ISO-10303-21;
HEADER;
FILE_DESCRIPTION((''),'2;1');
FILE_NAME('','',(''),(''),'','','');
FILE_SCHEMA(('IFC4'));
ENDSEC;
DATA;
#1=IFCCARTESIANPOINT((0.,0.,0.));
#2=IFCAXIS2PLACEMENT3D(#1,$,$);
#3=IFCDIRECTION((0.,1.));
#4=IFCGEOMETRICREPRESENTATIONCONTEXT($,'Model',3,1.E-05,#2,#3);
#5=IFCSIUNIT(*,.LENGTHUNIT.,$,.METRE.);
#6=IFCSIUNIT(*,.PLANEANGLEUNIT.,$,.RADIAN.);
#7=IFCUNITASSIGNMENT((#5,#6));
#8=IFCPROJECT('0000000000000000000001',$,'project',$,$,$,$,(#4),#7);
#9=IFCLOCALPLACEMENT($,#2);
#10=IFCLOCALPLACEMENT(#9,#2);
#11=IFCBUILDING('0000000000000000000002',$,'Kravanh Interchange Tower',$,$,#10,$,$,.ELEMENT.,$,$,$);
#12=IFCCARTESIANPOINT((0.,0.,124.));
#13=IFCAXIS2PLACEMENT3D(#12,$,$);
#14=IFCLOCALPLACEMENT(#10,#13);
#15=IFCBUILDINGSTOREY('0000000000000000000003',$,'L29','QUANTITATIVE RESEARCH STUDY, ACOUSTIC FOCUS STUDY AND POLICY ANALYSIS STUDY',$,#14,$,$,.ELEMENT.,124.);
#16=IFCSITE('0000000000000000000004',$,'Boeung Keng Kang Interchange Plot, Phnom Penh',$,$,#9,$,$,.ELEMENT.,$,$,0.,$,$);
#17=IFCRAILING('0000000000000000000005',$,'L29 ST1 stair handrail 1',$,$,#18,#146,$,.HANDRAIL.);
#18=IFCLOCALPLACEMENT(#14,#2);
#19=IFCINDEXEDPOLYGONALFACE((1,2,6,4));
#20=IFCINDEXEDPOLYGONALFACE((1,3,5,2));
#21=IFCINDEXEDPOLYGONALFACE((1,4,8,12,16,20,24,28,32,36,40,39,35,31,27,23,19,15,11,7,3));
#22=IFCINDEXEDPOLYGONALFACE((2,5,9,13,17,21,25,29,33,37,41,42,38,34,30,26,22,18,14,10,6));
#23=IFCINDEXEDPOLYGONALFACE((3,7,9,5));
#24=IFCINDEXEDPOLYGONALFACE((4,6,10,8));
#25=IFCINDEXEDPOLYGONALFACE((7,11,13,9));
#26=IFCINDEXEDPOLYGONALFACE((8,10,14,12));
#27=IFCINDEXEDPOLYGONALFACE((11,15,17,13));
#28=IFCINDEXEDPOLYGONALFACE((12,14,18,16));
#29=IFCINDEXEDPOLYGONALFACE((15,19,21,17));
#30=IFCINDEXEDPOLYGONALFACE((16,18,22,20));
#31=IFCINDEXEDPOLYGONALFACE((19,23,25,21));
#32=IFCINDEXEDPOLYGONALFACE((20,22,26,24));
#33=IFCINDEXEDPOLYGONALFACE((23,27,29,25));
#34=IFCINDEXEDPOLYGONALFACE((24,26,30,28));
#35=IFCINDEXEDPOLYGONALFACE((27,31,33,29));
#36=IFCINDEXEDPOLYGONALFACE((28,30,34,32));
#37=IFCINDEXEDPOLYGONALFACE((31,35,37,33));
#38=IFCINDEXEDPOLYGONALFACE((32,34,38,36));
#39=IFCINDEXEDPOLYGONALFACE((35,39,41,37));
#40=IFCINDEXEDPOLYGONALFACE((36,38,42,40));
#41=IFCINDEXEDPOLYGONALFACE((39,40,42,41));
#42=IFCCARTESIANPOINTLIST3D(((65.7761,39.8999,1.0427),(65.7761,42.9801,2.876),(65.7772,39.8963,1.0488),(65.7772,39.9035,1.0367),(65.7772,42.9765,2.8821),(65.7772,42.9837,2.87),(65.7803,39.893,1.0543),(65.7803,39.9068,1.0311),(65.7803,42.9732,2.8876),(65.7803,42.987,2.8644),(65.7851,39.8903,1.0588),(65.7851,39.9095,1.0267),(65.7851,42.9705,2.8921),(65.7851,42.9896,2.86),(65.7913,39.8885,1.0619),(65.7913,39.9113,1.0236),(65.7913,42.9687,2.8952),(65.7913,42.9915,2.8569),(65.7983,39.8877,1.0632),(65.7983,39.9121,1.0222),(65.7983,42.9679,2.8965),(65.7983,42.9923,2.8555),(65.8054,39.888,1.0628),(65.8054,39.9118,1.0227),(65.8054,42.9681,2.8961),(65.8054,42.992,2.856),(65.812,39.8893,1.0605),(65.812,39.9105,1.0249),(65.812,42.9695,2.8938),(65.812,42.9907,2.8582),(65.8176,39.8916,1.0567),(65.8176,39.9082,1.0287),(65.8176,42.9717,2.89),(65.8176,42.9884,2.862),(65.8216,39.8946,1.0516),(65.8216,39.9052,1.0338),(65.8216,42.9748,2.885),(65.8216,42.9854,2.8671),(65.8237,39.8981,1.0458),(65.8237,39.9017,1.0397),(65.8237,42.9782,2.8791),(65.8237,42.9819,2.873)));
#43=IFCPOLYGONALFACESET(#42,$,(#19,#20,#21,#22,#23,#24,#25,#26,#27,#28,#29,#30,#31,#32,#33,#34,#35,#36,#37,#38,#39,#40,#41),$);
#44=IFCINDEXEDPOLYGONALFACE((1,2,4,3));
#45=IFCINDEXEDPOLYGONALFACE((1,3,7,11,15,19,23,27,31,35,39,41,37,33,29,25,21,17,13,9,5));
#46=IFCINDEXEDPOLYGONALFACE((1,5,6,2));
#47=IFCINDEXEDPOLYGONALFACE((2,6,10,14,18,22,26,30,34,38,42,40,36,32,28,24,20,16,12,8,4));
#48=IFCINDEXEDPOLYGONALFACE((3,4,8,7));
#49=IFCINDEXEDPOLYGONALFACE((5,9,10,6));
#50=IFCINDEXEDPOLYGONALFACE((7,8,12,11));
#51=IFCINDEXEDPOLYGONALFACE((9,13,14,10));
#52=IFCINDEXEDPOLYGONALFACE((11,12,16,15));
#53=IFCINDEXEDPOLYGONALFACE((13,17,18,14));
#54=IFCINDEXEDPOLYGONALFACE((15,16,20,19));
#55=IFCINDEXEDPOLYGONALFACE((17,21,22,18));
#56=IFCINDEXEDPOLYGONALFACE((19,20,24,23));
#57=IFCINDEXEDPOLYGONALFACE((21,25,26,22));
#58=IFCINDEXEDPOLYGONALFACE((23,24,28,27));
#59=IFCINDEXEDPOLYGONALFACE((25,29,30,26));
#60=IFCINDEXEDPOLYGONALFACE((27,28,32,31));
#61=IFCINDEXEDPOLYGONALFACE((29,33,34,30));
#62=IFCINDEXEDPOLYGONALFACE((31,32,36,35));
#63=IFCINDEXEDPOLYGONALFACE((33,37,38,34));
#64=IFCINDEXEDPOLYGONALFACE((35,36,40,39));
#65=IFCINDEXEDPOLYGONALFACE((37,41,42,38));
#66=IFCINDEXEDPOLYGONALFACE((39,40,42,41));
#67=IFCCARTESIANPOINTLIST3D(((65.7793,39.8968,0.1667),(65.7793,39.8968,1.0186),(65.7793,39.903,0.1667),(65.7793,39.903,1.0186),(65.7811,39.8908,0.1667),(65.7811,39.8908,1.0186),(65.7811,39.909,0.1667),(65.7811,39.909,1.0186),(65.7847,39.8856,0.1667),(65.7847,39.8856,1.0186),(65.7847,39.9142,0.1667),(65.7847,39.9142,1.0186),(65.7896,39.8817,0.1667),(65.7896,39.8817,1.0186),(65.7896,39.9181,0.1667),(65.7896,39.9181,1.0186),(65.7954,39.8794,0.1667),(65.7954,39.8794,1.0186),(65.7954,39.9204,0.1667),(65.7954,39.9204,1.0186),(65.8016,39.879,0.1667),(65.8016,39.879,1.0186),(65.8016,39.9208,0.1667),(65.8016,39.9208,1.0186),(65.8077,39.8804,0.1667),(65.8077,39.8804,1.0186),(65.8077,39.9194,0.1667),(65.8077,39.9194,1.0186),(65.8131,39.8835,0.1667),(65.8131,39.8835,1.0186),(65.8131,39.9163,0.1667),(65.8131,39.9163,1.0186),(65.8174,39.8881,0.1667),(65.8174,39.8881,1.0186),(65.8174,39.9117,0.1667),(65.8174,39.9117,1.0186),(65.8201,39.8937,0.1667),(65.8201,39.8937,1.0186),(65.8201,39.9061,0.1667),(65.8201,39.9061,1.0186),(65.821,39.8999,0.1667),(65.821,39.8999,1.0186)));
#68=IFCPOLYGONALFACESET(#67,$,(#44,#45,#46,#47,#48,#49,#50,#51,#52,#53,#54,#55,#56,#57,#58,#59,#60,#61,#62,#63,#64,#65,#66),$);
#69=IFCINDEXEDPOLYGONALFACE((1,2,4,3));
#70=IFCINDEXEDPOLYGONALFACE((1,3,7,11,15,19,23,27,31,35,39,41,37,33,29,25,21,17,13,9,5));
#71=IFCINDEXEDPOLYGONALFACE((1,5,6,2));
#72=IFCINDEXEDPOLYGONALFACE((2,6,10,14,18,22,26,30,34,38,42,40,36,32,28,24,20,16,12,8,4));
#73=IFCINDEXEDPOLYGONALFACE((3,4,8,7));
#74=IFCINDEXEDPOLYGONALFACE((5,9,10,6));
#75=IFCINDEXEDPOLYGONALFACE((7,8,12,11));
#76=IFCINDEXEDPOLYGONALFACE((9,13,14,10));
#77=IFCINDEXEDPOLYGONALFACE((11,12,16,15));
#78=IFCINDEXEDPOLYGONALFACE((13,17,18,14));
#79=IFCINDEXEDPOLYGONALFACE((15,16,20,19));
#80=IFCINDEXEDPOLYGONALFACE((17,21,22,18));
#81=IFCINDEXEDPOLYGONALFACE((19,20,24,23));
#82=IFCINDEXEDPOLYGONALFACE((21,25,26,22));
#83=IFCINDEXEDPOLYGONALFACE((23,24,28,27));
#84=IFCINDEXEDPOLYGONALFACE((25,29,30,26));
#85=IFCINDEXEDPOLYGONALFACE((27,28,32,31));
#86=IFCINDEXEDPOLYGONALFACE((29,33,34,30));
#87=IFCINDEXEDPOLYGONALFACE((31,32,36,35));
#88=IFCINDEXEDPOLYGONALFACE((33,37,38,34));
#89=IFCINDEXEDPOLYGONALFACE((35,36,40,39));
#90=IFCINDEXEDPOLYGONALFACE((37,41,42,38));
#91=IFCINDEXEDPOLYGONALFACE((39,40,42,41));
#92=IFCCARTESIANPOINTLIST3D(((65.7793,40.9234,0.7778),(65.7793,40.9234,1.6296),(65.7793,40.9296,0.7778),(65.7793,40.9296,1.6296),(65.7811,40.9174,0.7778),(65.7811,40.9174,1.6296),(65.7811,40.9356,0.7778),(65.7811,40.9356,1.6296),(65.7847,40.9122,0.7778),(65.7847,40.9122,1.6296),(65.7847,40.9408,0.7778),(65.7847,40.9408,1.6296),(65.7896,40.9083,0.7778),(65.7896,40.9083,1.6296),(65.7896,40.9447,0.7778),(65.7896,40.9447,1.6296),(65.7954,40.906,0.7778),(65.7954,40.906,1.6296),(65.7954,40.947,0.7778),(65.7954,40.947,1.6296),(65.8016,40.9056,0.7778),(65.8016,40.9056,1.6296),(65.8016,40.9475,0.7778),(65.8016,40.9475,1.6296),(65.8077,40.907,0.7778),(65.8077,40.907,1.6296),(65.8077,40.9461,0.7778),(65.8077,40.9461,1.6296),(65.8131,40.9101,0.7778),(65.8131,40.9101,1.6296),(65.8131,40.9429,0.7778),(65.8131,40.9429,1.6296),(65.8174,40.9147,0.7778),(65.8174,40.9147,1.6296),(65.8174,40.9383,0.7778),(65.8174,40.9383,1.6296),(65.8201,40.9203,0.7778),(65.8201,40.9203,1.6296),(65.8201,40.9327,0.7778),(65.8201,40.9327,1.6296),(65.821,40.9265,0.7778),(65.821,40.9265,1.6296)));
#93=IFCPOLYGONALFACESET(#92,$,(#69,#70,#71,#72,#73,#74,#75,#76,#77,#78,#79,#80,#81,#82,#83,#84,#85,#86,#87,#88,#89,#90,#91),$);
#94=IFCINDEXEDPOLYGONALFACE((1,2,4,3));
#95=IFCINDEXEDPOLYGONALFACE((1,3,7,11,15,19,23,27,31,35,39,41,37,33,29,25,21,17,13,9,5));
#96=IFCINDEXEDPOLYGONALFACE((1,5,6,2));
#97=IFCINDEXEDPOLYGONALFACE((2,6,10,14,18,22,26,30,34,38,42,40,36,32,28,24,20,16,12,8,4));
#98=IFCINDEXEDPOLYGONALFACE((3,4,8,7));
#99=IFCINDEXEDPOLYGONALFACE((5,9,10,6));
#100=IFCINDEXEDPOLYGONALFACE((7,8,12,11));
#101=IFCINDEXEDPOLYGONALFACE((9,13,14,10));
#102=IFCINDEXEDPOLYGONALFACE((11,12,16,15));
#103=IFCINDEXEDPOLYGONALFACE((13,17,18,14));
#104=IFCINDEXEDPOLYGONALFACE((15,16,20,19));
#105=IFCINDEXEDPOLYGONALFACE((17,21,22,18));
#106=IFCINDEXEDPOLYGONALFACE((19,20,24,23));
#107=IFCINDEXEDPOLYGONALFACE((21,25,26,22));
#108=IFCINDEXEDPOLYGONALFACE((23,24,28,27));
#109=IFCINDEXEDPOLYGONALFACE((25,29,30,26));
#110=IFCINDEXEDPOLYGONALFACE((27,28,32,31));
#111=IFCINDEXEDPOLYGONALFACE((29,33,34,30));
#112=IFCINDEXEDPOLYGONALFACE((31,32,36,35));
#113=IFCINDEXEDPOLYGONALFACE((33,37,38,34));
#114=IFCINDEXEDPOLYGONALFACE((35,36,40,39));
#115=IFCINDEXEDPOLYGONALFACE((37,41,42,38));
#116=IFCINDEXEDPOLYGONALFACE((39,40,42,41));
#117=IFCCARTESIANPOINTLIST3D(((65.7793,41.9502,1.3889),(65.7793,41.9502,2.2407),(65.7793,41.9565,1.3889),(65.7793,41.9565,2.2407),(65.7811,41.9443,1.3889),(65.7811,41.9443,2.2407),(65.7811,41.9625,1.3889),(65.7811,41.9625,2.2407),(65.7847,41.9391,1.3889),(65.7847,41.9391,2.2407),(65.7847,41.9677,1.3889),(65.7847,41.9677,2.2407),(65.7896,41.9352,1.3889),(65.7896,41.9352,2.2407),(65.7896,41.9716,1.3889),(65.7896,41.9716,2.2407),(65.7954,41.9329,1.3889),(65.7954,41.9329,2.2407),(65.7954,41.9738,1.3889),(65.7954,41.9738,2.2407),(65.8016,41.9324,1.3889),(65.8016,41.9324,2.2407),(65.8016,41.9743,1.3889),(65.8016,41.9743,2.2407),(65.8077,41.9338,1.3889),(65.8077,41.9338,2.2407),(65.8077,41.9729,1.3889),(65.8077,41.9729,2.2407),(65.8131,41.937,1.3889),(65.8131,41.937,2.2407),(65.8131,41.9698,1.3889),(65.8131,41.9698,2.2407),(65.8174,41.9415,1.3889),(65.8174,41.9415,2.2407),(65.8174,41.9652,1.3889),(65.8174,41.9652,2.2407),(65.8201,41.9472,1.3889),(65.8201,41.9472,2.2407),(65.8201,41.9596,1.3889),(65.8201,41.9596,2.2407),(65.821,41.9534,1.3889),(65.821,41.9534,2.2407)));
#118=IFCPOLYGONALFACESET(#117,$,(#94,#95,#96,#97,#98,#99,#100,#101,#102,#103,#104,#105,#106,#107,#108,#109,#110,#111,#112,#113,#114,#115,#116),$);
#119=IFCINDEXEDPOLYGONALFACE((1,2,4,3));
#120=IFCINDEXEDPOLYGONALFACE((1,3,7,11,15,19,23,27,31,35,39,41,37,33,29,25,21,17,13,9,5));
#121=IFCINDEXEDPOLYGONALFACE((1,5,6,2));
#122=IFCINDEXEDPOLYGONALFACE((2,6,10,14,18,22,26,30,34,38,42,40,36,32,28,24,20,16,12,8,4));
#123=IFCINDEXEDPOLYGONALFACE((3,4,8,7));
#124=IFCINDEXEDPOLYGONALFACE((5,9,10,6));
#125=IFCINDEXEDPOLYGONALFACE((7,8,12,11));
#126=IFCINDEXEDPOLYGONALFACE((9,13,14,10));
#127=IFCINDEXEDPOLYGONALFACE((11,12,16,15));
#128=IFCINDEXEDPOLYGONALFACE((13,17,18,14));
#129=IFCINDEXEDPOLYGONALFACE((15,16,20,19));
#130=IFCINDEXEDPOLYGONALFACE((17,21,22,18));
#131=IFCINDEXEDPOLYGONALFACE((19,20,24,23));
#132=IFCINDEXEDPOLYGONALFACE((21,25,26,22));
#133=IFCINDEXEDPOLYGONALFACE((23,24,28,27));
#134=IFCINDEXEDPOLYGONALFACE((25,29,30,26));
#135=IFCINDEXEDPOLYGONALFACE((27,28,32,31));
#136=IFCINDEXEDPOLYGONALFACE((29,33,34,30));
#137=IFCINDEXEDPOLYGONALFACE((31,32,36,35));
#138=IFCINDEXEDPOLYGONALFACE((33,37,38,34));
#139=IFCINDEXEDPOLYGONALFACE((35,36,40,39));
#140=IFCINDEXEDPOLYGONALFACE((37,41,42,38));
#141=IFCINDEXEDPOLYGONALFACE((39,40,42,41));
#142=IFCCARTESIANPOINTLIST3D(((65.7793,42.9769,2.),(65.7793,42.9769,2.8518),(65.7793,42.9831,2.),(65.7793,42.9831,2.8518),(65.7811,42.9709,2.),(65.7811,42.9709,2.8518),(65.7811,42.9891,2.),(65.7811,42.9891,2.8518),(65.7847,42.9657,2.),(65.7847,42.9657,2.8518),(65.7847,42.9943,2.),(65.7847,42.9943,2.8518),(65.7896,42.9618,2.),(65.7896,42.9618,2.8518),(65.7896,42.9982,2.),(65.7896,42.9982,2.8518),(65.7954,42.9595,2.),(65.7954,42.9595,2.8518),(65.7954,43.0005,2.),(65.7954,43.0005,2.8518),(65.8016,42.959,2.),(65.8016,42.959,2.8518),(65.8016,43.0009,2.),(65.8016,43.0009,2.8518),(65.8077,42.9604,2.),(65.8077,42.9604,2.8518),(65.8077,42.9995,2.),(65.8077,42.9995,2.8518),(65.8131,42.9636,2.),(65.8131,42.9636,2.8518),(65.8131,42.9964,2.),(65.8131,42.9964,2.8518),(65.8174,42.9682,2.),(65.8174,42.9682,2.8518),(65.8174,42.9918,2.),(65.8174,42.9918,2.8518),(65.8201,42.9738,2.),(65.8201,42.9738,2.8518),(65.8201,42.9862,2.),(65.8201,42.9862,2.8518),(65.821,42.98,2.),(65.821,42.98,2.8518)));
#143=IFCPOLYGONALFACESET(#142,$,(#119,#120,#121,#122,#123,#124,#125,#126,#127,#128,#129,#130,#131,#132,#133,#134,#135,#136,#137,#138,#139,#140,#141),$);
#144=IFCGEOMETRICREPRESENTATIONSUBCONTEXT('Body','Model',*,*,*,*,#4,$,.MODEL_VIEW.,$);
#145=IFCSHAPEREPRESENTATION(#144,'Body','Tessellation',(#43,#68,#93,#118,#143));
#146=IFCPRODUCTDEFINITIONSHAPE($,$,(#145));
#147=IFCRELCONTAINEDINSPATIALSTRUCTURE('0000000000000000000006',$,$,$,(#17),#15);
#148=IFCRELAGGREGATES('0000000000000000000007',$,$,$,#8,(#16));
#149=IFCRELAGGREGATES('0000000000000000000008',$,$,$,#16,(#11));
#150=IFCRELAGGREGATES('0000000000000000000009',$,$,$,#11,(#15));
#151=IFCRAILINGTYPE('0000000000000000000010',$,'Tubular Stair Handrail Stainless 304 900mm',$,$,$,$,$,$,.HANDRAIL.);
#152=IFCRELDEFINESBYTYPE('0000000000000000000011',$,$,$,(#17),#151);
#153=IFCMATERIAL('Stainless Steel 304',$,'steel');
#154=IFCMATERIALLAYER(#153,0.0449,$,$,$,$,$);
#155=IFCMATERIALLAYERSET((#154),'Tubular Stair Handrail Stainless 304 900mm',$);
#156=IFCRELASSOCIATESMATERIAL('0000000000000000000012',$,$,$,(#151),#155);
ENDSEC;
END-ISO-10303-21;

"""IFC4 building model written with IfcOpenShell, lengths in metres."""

from ifc_helpers import new_model, si_unit, direction, frame, origin, origin_2d, place, context, subcontext, project, spatial, circle, extrude, material, layer, layer_set, type_object, element, save


model = new_model("IFC4")

# Units and contexts
model_context = context("Model", 3, precision=1e-05, world=origin(), true_north=direction((0.0, 1.0)))
body_context = subcontext(model_context, "Body", "Model", "MODEL_VIEW")
ifc_project = project(units=[si_unit("LENGTHUNIT", "METRE"), si_unit("PLANEANGLEUNIT", "RADIAN")], contexts=[model_context])

# Site, building, storey
site_placement = place(None, origin())
site = spatial("IfcSite", under=ifc_project, at=site_placement, Name="Boeung Keng Kang Interchange Plot, Phnom Penh", CompositionType="ELEMENT", RefElevation=0.0)
building_placement = place(site_placement, origin())
building = spatial("IfcBuilding", under=site, at=building_placement, Name="Kravanh Interchange Tower", CompositionType="ELEMENT")
storey_placement = place(building_placement, frame((0.0, 0.0, 124.0)))
storey = spatial("IfcBuildingStorey", under=building, at=storey_placement, Name="L29", Description="QUANTITATIVE RESEARCH STUDY, ACOUSTIC FOCUS STUDY AND POLICY ANALYSIS STUDY", CompositionType="ELEMENT", Elevation=124.0)

# Railing
ifc_material_1 = material(Name="Stainless Steel 304", Category="steel")
ifc_layer_1 = layer(ifc_material_1, 0.0449)
ifc_layer_set_1 = layer_set([ifc_layer_1], Name="Tubular Stair Handrail Stainless 304 900mm")
railing_type_1 = type_object("IfcRailingType", Name="Tubular Stair Handrail Stainless 304 900mm", PredefinedType="HANDRAIL", material=ifc_layer_set_1)
railing_1_placement = place(storey_placement, frame((65.8, 39.8999, 0.1667)))
element("IfcRailing", 1, at=railing_1_placement, inside=storey, type_object=railing_type_1, Name="L29 ST1 stair handrail 1", PredefinedType="HANDRAIL", context=body_context, shape_type="SweptSolid", body=[
    extrude(circle(Radius=0.0239, at=origin_2d()), frame((0.0, 0.0, 0.876), z_axis=(0.0, 0.859309, 0.511458), x_axis=(-1.0, 0.0, 0.0)), (0.0, 0.0, 1.0), 3.5845),
    extrude(circle(Radius=0.021, at=origin_2d()), origin(), (0.0, 0.0, 1.0), 0.8518),
    extrude(circle(Radius=0.021, at=origin_2d()), frame((0.0, 1.0266, 0.6111)), (0.0, 0.0, 1.0), 0.8518),
    extrude(circle(Radius=0.021, at=origin_2d()), frame((0.0, 2.0535, 1.2222)), (0.0, 0.0, 1.0), 0.8518),
    extrude(circle(Radius=0.021, at=origin_2d()), frame((0.0, 3.0801, 1.8333)), (0.0, 0.0, 1.0), 0.8518),
])

save(model, "model.ifc")
